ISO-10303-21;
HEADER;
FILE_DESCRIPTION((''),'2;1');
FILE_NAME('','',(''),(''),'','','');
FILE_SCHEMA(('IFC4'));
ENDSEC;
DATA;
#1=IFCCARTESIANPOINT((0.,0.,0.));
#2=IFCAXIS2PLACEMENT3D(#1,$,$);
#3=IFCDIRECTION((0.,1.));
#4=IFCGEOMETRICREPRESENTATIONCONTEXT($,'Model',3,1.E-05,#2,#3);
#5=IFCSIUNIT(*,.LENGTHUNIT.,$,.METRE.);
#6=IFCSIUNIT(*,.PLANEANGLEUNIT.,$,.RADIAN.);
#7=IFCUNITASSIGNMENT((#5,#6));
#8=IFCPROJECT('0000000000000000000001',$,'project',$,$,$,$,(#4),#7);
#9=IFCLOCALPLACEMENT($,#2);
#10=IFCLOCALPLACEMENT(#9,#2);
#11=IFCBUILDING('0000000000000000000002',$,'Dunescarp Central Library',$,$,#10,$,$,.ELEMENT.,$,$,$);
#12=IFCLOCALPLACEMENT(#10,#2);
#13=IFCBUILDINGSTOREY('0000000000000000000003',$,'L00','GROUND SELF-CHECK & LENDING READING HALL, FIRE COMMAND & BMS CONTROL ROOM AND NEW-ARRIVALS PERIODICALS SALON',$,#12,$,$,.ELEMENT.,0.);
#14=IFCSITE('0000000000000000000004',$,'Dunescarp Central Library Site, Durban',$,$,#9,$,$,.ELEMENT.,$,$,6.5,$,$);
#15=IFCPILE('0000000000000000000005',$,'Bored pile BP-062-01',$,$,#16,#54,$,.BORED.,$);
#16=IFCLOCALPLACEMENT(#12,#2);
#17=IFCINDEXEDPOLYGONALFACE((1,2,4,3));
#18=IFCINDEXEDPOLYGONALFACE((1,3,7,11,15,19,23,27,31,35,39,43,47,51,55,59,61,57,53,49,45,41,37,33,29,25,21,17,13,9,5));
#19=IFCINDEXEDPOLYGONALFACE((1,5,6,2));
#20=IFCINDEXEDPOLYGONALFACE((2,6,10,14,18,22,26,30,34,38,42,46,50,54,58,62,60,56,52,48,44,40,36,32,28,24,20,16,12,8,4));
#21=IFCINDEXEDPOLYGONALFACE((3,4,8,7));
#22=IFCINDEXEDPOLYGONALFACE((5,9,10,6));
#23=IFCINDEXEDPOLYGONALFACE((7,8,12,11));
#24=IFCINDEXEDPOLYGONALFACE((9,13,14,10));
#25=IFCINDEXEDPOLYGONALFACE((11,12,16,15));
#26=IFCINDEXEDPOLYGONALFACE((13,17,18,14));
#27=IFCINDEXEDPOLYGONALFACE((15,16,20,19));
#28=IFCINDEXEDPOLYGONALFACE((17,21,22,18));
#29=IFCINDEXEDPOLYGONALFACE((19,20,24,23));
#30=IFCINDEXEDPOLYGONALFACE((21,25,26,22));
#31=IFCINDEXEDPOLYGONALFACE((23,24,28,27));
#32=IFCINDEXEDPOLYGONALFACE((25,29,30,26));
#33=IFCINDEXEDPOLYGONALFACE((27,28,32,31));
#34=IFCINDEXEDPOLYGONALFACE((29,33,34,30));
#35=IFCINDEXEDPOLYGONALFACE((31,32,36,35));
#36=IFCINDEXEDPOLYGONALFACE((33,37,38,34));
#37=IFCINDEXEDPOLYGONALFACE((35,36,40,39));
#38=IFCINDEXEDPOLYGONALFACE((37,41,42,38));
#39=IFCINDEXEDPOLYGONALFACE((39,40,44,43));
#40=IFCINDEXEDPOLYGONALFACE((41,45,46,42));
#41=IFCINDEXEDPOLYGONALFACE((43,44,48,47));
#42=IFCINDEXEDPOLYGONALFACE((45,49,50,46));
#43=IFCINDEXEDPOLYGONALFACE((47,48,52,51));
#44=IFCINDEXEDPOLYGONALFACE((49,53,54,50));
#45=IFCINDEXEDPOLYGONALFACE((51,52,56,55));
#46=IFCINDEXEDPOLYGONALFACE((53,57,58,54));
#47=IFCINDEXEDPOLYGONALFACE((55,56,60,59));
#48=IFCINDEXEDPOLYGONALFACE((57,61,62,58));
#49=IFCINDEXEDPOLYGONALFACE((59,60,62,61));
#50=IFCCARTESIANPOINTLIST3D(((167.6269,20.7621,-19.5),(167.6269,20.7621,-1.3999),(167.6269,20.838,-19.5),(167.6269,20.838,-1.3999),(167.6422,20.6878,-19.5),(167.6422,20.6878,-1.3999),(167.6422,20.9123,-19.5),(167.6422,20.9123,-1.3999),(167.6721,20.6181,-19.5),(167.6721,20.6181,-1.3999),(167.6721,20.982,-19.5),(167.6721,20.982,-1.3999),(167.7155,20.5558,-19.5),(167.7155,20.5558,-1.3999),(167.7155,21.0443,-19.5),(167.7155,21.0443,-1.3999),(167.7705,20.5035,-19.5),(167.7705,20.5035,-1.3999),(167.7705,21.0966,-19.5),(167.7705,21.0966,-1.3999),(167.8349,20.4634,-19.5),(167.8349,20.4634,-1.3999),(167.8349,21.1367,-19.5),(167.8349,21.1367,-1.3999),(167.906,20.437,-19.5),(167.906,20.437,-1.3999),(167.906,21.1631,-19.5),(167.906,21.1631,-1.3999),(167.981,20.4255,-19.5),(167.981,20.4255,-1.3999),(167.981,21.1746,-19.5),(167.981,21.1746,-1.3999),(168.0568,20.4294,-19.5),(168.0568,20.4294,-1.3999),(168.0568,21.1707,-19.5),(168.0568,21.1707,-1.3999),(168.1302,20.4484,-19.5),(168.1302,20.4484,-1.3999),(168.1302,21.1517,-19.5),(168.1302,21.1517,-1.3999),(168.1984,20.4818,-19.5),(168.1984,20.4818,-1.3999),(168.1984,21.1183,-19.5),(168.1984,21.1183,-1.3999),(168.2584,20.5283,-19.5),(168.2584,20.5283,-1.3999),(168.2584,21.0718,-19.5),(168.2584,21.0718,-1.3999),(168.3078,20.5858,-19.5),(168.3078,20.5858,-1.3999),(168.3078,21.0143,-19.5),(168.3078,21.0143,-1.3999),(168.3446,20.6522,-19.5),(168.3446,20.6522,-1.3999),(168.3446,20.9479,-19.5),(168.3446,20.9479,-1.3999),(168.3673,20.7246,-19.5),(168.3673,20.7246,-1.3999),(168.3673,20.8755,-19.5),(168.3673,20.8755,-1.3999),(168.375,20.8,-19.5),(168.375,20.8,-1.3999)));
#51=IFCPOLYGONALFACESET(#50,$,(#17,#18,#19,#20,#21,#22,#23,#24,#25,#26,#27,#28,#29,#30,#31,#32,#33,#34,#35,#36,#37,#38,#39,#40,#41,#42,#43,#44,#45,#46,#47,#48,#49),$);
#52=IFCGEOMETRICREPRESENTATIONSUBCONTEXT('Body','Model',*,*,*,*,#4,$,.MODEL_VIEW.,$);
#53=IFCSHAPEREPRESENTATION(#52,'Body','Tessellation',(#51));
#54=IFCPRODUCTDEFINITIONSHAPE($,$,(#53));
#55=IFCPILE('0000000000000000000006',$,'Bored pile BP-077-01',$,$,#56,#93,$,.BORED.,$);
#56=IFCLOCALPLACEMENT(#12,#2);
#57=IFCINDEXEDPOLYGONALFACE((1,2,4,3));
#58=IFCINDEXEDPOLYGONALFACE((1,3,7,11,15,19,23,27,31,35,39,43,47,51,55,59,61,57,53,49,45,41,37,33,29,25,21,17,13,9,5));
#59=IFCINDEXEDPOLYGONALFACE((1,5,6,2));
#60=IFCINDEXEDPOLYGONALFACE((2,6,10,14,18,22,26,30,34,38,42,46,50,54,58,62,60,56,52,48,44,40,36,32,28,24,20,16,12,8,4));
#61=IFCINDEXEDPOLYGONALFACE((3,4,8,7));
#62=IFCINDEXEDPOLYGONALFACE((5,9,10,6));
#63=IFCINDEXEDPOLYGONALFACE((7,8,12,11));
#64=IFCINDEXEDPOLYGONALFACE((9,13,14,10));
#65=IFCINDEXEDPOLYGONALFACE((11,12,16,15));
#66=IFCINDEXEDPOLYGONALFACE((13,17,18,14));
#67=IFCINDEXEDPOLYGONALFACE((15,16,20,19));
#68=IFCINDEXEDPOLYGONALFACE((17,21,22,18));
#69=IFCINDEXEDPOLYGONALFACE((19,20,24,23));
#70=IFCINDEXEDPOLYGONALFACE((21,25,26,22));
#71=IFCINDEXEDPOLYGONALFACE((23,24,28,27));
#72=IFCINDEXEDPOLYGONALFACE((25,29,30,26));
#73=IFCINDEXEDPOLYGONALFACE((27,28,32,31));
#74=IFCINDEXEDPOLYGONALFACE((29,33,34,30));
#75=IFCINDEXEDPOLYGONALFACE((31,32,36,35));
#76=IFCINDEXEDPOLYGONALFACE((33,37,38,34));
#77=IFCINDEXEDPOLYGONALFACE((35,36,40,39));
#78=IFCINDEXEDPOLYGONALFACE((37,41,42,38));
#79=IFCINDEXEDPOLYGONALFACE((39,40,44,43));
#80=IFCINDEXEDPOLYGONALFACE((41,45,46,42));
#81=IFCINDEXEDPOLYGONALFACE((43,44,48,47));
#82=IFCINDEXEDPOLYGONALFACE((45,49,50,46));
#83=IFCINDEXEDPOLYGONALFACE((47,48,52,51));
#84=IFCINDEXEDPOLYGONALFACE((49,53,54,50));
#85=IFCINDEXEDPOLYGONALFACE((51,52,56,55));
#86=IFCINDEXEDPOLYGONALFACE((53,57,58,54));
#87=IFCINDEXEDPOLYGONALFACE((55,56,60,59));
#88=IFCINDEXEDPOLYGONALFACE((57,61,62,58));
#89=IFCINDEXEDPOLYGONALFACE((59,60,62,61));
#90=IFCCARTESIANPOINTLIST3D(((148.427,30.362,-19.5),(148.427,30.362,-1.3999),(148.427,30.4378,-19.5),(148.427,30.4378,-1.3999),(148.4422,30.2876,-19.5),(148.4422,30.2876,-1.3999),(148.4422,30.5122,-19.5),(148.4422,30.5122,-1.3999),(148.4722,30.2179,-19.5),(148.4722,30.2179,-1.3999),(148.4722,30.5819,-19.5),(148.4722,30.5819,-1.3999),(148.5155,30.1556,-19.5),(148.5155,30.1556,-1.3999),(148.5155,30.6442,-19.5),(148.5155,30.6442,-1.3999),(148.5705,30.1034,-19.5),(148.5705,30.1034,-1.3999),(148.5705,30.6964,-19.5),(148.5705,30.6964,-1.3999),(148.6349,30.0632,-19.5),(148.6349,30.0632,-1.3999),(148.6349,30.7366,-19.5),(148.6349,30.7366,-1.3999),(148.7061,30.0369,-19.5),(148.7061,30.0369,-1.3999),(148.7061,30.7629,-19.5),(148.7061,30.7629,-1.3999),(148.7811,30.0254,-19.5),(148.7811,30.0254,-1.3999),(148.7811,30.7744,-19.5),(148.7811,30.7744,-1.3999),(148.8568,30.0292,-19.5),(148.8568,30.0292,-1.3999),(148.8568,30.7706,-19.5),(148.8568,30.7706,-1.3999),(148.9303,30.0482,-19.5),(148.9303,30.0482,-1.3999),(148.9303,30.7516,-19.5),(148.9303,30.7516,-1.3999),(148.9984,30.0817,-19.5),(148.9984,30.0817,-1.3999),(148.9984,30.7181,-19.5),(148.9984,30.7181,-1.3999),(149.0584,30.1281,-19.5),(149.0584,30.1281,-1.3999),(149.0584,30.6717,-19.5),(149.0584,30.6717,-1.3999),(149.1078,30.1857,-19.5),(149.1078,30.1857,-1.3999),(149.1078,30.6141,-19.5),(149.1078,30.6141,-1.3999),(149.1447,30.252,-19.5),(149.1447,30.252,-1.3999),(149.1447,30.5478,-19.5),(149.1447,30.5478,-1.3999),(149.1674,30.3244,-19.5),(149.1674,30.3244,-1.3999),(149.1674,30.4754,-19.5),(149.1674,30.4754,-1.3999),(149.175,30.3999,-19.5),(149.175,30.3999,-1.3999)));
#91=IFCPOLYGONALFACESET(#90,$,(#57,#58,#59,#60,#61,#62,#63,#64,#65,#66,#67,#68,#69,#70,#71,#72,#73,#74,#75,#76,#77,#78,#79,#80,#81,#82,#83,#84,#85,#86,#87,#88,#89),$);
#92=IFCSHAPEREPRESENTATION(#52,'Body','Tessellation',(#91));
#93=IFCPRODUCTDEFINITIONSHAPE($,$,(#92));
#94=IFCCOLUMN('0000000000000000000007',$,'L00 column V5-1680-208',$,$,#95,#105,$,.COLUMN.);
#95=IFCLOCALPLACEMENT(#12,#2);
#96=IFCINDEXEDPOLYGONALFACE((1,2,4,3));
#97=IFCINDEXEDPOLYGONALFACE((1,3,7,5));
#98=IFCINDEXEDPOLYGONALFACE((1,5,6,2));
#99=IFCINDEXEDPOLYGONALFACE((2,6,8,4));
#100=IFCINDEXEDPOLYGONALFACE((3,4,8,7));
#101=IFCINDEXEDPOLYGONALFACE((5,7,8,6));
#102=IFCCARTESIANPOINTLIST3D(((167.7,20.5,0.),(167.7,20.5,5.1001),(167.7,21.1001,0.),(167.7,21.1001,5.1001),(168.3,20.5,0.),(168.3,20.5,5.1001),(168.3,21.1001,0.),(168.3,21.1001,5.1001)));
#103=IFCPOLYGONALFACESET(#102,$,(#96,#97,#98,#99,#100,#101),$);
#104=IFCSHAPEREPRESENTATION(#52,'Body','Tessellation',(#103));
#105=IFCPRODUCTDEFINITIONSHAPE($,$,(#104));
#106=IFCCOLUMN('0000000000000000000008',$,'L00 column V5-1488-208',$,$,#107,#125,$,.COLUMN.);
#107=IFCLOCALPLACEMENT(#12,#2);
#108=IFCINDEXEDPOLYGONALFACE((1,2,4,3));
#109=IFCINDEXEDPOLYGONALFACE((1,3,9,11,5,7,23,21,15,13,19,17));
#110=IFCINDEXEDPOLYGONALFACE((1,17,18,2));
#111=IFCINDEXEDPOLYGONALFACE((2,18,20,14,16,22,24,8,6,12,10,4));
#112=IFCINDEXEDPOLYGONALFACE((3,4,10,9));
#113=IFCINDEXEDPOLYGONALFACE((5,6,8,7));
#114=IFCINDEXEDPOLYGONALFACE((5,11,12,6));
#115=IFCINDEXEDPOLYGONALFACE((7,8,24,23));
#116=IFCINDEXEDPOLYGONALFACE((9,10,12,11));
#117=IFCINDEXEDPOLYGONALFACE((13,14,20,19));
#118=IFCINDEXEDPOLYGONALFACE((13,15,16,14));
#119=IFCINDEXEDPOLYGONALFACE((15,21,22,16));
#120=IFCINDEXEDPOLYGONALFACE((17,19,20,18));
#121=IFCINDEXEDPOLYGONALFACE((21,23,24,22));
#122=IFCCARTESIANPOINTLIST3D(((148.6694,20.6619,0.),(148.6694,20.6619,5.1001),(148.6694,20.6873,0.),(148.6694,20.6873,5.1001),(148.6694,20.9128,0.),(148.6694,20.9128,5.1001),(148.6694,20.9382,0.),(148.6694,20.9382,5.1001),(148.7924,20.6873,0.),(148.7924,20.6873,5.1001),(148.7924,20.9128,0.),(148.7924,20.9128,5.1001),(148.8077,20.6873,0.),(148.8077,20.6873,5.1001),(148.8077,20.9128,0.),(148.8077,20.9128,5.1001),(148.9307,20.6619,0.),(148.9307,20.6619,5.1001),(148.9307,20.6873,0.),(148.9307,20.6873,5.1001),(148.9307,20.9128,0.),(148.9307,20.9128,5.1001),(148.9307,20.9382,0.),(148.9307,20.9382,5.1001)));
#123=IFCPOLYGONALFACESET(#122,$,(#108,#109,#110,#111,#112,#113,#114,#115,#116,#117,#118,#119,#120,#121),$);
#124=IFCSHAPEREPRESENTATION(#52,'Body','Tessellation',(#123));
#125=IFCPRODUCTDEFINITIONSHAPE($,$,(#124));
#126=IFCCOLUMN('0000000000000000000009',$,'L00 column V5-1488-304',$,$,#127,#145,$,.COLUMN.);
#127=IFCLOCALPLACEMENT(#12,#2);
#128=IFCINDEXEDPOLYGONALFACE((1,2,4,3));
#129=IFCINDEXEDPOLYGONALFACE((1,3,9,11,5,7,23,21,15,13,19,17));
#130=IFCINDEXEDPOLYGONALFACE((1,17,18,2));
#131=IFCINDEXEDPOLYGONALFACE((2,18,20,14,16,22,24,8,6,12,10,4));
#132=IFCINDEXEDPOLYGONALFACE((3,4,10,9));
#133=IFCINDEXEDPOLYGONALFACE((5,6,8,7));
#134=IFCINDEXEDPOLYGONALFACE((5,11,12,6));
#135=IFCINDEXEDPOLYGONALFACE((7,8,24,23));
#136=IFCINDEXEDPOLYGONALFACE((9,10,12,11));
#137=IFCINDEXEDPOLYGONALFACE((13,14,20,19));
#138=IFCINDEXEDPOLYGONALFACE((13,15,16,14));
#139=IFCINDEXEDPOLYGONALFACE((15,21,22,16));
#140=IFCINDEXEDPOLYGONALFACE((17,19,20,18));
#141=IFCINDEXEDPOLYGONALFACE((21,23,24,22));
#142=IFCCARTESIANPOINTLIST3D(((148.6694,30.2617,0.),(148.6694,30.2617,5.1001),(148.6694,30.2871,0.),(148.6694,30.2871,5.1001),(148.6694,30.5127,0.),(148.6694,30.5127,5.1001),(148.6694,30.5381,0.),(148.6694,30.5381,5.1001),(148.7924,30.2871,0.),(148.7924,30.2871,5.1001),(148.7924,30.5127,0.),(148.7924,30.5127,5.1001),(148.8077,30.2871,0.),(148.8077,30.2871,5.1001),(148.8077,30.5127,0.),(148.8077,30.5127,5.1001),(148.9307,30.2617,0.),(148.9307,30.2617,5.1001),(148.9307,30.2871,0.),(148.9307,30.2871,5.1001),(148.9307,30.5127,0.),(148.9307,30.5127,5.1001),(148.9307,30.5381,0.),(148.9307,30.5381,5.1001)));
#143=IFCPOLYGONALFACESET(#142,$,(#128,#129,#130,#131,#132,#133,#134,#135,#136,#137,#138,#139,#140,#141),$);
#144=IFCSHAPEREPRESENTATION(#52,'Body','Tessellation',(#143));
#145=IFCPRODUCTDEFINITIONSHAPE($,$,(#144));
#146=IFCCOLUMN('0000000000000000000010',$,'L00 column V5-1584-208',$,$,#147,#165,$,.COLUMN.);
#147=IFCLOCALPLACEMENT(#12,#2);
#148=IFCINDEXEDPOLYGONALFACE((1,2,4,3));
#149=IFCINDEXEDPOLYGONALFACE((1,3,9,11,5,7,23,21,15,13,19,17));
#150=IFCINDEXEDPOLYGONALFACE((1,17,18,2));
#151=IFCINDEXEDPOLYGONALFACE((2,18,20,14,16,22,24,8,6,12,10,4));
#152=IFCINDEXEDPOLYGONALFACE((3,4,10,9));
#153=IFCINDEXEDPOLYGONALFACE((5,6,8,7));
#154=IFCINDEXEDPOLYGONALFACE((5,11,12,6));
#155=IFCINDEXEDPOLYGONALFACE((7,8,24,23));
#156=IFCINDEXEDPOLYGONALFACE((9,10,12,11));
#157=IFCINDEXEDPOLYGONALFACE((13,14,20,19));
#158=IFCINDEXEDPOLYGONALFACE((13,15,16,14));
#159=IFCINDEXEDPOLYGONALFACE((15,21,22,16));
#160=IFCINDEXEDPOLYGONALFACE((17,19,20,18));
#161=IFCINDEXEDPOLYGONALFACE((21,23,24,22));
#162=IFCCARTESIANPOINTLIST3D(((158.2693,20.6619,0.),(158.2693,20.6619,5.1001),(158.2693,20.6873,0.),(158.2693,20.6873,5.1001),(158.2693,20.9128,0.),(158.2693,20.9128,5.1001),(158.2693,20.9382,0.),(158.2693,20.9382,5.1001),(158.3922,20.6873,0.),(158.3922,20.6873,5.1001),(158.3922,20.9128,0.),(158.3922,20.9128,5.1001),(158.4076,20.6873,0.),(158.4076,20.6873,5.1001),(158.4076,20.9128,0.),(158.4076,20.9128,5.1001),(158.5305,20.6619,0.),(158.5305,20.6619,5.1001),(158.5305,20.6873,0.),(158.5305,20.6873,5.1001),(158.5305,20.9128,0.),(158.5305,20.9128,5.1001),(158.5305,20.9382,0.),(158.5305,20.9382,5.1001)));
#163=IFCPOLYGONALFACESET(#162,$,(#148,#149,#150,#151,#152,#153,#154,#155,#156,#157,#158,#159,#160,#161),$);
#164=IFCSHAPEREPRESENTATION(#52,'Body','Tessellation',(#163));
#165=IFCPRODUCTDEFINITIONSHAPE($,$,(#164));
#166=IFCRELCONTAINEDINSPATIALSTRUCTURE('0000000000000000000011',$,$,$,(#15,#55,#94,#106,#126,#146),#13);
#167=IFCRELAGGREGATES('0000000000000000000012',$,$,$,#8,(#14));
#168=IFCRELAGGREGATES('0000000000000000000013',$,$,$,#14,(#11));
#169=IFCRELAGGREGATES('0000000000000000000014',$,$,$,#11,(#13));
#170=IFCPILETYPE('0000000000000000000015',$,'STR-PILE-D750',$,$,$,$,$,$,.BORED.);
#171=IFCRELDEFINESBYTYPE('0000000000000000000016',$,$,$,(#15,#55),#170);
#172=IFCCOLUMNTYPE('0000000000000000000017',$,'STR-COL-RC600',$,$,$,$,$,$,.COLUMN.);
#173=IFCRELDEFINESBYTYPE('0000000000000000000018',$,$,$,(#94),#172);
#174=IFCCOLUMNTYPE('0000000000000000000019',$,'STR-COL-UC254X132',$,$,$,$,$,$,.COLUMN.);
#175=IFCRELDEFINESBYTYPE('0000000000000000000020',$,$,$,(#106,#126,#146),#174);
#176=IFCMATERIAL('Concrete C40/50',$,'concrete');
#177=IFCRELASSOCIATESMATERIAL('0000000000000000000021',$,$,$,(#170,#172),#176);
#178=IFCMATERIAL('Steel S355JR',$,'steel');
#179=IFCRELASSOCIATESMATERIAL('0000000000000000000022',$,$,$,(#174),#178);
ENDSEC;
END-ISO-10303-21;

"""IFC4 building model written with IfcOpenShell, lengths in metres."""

from ifc_helpers import new_model, si_unit, direction, frame, origin, origin_2d, place, context, subcontext, project, spatial, rectangle, circle, i_section, extrude, material, material_profile, profile_set, type_object, element, save


model = new_model("IFC4")

# Units and contexts
model_context = context("Model", 3, precision=1e-05, world=origin(), true_north=direction((0.0, 1.0)))
body_context = subcontext(model_context, "Body", "Model", "MODEL_VIEW")
ifc_project = project(units=[si_unit("LENGTHUNIT", "METRE"), si_unit("PLANEANGLEUNIT", "RADIAN")], contexts=[model_context])

# Site, building, storey
site_placement = place(None, origin())
site = spatial("IfcSite", under=ifc_project, at=site_placement, Name="Dunescarp Central Library Site, Durban", CompositionType="ELEMENT", RefElevation=6.5)
building_placement = place(site_placement, origin())
building = spatial("IfcBuilding", under=site, at=building_placement, Name="Dunescarp Central Library", CompositionType="ELEMENT")
storey_placement = place(building_placement, origin())
storey = spatial("IfcBuildingStorey", under=building, at=storey_placement, Name="L00", Description="GROUND SELF-CHECK & LENDING READING HALL, FIRE COMMAND & BMS CONTROL ROOM AND NEW-ARRIVALS PERIODICALS SALON", CompositionType="ELEMENT", Elevation=0.0)

# Shared definitions
ifc_material_1 = material(Name="Concrete C40/50", Category="concrete")

# Piles
ifc_material_profile_1 = material_profile(ifc_material_1, circle(Radius=0.375, at=origin_2d()), Name="PILE D750")
ifc_profile_set_1 = profile_set([ifc_material_profile_1], Name="Concrete C40/50")
pile_type = type_object("IfcPileType", Name="STR-PILE-D750", PredefinedType="BORED", material=ifc_profile_set_1)
for number, where, z_axis, x_axis, name in (
    (1, (168.0, 20.8, -1.3999), (0.0, 0.0, -1.0), (1.0, 0.0, 0.0), "Bored pile BP-062-01"),
    (2, (148.8, 30.3999, -1.3999), (0.0, 0.0, -1.0), (1.0, 0.0, 0.0), "Bored pile BP-077-01"),
):
    element("IfcPile", number, at=place(storey_placement, frame(where, z_axis=z_axis, x_axis=x_axis)), inside=storey, type_object=pile_type, Name=name, PredefinedType="BORED", context=body_context, shape_type="SweptSolid", body=[
        extrude(circle(Radius=0.375, at=origin_2d()), origin(), (0.0, 0.0, 1.0), 18.1001),
    ])

# Columns
ifc_material_profile_2 = material_profile(ifc_material_1, rectangle(XDim=0.6001, YDim=0.6001, at=origin_2d()), Name="RC 600x600")
ifc_profile_set_2 = profile_set([ifc_material_profile_2], Name="Concrete C40/50")
column_type_1 = type_object("IfcColumnType", Name="STR-COL-RC600", PredefinedType="COLUMN", material=ifc_profile_set_2)
column_placement = place(storey_placement, frame((168.0, 20.8, 0.0), z_axis=(0.0, 0.0, 1.0), x_axis=(1.0, 0.0, 0.0)))
element("IfcColumn", 3, at=column_placement, inside=storey, type_object=column_type_1, Name="L00 column V5-1680-208", PredefinedType="COLUMN", context=body_context, shape_type="SweptSolid", body=[
    extrude(rectangle(XDim=0.6001, YDim=0.6001, at=origin_2d()), origin(), (0.0, 0.0, 1.0), 5.1001),
])
ifc_material_2 = material(Name="Steel S355JR", Category="steel")
ifc_material_profile_3 = material_profile(ifc_material_2, i_section(OverallWidth=0.2612, OverallDepth=0.2764, WebThickness=0.0154, FlangeThickness=0.0254, at=origin_2d()), Name="UC 254x254x132")
ifc_profile_set_3 = profile_set([ifc_material_profile_3], Name="Steel S355JR")
column_type_2 = type_object("IfcColumnType", Name="STR-COL-UC254X132", PredefinedType="COLUMN", material=ifc_profile_set_3)
for number, where, z_axis, x_axis, name in (
    (4, (148.8, 20.8, 0.0), (0.0, 0.0, 1.0), (1.0, 0.0, 0.0), "L00 column V5-1488-208"),
    (5, (148.8, 30.3999, 0.0), (0.0, 0.0, 1.0), (1.0, 0.0, 0.0), "L00 column V5-1488-304"),
    (6, (158.3999, 20.8, 0.0), (0.0, 0.0, 1.0), (1.0, 0.0, 0.0), "L00 column V5-1584-208"),
):
    element("IfcColumn", number, at=place(storey_placement, frame(where, z_axis=z_axis, x_axis=x_axis)), inside=storey, type_object=column_type_2, Name=name, PredefinedType="COLUMN", context=body_context, shape_type="SweptSolid", body=[
        extrude(i_section(OverallWidth=0.2612, OverallDepth=0.2764, WebThickness=0.0154, FlangeThickness=0.0254, at=origin_2d()), origin(), (0.0, 0.0, 1.0), 5.1001),
    ])

save(model, "model.ifc")
